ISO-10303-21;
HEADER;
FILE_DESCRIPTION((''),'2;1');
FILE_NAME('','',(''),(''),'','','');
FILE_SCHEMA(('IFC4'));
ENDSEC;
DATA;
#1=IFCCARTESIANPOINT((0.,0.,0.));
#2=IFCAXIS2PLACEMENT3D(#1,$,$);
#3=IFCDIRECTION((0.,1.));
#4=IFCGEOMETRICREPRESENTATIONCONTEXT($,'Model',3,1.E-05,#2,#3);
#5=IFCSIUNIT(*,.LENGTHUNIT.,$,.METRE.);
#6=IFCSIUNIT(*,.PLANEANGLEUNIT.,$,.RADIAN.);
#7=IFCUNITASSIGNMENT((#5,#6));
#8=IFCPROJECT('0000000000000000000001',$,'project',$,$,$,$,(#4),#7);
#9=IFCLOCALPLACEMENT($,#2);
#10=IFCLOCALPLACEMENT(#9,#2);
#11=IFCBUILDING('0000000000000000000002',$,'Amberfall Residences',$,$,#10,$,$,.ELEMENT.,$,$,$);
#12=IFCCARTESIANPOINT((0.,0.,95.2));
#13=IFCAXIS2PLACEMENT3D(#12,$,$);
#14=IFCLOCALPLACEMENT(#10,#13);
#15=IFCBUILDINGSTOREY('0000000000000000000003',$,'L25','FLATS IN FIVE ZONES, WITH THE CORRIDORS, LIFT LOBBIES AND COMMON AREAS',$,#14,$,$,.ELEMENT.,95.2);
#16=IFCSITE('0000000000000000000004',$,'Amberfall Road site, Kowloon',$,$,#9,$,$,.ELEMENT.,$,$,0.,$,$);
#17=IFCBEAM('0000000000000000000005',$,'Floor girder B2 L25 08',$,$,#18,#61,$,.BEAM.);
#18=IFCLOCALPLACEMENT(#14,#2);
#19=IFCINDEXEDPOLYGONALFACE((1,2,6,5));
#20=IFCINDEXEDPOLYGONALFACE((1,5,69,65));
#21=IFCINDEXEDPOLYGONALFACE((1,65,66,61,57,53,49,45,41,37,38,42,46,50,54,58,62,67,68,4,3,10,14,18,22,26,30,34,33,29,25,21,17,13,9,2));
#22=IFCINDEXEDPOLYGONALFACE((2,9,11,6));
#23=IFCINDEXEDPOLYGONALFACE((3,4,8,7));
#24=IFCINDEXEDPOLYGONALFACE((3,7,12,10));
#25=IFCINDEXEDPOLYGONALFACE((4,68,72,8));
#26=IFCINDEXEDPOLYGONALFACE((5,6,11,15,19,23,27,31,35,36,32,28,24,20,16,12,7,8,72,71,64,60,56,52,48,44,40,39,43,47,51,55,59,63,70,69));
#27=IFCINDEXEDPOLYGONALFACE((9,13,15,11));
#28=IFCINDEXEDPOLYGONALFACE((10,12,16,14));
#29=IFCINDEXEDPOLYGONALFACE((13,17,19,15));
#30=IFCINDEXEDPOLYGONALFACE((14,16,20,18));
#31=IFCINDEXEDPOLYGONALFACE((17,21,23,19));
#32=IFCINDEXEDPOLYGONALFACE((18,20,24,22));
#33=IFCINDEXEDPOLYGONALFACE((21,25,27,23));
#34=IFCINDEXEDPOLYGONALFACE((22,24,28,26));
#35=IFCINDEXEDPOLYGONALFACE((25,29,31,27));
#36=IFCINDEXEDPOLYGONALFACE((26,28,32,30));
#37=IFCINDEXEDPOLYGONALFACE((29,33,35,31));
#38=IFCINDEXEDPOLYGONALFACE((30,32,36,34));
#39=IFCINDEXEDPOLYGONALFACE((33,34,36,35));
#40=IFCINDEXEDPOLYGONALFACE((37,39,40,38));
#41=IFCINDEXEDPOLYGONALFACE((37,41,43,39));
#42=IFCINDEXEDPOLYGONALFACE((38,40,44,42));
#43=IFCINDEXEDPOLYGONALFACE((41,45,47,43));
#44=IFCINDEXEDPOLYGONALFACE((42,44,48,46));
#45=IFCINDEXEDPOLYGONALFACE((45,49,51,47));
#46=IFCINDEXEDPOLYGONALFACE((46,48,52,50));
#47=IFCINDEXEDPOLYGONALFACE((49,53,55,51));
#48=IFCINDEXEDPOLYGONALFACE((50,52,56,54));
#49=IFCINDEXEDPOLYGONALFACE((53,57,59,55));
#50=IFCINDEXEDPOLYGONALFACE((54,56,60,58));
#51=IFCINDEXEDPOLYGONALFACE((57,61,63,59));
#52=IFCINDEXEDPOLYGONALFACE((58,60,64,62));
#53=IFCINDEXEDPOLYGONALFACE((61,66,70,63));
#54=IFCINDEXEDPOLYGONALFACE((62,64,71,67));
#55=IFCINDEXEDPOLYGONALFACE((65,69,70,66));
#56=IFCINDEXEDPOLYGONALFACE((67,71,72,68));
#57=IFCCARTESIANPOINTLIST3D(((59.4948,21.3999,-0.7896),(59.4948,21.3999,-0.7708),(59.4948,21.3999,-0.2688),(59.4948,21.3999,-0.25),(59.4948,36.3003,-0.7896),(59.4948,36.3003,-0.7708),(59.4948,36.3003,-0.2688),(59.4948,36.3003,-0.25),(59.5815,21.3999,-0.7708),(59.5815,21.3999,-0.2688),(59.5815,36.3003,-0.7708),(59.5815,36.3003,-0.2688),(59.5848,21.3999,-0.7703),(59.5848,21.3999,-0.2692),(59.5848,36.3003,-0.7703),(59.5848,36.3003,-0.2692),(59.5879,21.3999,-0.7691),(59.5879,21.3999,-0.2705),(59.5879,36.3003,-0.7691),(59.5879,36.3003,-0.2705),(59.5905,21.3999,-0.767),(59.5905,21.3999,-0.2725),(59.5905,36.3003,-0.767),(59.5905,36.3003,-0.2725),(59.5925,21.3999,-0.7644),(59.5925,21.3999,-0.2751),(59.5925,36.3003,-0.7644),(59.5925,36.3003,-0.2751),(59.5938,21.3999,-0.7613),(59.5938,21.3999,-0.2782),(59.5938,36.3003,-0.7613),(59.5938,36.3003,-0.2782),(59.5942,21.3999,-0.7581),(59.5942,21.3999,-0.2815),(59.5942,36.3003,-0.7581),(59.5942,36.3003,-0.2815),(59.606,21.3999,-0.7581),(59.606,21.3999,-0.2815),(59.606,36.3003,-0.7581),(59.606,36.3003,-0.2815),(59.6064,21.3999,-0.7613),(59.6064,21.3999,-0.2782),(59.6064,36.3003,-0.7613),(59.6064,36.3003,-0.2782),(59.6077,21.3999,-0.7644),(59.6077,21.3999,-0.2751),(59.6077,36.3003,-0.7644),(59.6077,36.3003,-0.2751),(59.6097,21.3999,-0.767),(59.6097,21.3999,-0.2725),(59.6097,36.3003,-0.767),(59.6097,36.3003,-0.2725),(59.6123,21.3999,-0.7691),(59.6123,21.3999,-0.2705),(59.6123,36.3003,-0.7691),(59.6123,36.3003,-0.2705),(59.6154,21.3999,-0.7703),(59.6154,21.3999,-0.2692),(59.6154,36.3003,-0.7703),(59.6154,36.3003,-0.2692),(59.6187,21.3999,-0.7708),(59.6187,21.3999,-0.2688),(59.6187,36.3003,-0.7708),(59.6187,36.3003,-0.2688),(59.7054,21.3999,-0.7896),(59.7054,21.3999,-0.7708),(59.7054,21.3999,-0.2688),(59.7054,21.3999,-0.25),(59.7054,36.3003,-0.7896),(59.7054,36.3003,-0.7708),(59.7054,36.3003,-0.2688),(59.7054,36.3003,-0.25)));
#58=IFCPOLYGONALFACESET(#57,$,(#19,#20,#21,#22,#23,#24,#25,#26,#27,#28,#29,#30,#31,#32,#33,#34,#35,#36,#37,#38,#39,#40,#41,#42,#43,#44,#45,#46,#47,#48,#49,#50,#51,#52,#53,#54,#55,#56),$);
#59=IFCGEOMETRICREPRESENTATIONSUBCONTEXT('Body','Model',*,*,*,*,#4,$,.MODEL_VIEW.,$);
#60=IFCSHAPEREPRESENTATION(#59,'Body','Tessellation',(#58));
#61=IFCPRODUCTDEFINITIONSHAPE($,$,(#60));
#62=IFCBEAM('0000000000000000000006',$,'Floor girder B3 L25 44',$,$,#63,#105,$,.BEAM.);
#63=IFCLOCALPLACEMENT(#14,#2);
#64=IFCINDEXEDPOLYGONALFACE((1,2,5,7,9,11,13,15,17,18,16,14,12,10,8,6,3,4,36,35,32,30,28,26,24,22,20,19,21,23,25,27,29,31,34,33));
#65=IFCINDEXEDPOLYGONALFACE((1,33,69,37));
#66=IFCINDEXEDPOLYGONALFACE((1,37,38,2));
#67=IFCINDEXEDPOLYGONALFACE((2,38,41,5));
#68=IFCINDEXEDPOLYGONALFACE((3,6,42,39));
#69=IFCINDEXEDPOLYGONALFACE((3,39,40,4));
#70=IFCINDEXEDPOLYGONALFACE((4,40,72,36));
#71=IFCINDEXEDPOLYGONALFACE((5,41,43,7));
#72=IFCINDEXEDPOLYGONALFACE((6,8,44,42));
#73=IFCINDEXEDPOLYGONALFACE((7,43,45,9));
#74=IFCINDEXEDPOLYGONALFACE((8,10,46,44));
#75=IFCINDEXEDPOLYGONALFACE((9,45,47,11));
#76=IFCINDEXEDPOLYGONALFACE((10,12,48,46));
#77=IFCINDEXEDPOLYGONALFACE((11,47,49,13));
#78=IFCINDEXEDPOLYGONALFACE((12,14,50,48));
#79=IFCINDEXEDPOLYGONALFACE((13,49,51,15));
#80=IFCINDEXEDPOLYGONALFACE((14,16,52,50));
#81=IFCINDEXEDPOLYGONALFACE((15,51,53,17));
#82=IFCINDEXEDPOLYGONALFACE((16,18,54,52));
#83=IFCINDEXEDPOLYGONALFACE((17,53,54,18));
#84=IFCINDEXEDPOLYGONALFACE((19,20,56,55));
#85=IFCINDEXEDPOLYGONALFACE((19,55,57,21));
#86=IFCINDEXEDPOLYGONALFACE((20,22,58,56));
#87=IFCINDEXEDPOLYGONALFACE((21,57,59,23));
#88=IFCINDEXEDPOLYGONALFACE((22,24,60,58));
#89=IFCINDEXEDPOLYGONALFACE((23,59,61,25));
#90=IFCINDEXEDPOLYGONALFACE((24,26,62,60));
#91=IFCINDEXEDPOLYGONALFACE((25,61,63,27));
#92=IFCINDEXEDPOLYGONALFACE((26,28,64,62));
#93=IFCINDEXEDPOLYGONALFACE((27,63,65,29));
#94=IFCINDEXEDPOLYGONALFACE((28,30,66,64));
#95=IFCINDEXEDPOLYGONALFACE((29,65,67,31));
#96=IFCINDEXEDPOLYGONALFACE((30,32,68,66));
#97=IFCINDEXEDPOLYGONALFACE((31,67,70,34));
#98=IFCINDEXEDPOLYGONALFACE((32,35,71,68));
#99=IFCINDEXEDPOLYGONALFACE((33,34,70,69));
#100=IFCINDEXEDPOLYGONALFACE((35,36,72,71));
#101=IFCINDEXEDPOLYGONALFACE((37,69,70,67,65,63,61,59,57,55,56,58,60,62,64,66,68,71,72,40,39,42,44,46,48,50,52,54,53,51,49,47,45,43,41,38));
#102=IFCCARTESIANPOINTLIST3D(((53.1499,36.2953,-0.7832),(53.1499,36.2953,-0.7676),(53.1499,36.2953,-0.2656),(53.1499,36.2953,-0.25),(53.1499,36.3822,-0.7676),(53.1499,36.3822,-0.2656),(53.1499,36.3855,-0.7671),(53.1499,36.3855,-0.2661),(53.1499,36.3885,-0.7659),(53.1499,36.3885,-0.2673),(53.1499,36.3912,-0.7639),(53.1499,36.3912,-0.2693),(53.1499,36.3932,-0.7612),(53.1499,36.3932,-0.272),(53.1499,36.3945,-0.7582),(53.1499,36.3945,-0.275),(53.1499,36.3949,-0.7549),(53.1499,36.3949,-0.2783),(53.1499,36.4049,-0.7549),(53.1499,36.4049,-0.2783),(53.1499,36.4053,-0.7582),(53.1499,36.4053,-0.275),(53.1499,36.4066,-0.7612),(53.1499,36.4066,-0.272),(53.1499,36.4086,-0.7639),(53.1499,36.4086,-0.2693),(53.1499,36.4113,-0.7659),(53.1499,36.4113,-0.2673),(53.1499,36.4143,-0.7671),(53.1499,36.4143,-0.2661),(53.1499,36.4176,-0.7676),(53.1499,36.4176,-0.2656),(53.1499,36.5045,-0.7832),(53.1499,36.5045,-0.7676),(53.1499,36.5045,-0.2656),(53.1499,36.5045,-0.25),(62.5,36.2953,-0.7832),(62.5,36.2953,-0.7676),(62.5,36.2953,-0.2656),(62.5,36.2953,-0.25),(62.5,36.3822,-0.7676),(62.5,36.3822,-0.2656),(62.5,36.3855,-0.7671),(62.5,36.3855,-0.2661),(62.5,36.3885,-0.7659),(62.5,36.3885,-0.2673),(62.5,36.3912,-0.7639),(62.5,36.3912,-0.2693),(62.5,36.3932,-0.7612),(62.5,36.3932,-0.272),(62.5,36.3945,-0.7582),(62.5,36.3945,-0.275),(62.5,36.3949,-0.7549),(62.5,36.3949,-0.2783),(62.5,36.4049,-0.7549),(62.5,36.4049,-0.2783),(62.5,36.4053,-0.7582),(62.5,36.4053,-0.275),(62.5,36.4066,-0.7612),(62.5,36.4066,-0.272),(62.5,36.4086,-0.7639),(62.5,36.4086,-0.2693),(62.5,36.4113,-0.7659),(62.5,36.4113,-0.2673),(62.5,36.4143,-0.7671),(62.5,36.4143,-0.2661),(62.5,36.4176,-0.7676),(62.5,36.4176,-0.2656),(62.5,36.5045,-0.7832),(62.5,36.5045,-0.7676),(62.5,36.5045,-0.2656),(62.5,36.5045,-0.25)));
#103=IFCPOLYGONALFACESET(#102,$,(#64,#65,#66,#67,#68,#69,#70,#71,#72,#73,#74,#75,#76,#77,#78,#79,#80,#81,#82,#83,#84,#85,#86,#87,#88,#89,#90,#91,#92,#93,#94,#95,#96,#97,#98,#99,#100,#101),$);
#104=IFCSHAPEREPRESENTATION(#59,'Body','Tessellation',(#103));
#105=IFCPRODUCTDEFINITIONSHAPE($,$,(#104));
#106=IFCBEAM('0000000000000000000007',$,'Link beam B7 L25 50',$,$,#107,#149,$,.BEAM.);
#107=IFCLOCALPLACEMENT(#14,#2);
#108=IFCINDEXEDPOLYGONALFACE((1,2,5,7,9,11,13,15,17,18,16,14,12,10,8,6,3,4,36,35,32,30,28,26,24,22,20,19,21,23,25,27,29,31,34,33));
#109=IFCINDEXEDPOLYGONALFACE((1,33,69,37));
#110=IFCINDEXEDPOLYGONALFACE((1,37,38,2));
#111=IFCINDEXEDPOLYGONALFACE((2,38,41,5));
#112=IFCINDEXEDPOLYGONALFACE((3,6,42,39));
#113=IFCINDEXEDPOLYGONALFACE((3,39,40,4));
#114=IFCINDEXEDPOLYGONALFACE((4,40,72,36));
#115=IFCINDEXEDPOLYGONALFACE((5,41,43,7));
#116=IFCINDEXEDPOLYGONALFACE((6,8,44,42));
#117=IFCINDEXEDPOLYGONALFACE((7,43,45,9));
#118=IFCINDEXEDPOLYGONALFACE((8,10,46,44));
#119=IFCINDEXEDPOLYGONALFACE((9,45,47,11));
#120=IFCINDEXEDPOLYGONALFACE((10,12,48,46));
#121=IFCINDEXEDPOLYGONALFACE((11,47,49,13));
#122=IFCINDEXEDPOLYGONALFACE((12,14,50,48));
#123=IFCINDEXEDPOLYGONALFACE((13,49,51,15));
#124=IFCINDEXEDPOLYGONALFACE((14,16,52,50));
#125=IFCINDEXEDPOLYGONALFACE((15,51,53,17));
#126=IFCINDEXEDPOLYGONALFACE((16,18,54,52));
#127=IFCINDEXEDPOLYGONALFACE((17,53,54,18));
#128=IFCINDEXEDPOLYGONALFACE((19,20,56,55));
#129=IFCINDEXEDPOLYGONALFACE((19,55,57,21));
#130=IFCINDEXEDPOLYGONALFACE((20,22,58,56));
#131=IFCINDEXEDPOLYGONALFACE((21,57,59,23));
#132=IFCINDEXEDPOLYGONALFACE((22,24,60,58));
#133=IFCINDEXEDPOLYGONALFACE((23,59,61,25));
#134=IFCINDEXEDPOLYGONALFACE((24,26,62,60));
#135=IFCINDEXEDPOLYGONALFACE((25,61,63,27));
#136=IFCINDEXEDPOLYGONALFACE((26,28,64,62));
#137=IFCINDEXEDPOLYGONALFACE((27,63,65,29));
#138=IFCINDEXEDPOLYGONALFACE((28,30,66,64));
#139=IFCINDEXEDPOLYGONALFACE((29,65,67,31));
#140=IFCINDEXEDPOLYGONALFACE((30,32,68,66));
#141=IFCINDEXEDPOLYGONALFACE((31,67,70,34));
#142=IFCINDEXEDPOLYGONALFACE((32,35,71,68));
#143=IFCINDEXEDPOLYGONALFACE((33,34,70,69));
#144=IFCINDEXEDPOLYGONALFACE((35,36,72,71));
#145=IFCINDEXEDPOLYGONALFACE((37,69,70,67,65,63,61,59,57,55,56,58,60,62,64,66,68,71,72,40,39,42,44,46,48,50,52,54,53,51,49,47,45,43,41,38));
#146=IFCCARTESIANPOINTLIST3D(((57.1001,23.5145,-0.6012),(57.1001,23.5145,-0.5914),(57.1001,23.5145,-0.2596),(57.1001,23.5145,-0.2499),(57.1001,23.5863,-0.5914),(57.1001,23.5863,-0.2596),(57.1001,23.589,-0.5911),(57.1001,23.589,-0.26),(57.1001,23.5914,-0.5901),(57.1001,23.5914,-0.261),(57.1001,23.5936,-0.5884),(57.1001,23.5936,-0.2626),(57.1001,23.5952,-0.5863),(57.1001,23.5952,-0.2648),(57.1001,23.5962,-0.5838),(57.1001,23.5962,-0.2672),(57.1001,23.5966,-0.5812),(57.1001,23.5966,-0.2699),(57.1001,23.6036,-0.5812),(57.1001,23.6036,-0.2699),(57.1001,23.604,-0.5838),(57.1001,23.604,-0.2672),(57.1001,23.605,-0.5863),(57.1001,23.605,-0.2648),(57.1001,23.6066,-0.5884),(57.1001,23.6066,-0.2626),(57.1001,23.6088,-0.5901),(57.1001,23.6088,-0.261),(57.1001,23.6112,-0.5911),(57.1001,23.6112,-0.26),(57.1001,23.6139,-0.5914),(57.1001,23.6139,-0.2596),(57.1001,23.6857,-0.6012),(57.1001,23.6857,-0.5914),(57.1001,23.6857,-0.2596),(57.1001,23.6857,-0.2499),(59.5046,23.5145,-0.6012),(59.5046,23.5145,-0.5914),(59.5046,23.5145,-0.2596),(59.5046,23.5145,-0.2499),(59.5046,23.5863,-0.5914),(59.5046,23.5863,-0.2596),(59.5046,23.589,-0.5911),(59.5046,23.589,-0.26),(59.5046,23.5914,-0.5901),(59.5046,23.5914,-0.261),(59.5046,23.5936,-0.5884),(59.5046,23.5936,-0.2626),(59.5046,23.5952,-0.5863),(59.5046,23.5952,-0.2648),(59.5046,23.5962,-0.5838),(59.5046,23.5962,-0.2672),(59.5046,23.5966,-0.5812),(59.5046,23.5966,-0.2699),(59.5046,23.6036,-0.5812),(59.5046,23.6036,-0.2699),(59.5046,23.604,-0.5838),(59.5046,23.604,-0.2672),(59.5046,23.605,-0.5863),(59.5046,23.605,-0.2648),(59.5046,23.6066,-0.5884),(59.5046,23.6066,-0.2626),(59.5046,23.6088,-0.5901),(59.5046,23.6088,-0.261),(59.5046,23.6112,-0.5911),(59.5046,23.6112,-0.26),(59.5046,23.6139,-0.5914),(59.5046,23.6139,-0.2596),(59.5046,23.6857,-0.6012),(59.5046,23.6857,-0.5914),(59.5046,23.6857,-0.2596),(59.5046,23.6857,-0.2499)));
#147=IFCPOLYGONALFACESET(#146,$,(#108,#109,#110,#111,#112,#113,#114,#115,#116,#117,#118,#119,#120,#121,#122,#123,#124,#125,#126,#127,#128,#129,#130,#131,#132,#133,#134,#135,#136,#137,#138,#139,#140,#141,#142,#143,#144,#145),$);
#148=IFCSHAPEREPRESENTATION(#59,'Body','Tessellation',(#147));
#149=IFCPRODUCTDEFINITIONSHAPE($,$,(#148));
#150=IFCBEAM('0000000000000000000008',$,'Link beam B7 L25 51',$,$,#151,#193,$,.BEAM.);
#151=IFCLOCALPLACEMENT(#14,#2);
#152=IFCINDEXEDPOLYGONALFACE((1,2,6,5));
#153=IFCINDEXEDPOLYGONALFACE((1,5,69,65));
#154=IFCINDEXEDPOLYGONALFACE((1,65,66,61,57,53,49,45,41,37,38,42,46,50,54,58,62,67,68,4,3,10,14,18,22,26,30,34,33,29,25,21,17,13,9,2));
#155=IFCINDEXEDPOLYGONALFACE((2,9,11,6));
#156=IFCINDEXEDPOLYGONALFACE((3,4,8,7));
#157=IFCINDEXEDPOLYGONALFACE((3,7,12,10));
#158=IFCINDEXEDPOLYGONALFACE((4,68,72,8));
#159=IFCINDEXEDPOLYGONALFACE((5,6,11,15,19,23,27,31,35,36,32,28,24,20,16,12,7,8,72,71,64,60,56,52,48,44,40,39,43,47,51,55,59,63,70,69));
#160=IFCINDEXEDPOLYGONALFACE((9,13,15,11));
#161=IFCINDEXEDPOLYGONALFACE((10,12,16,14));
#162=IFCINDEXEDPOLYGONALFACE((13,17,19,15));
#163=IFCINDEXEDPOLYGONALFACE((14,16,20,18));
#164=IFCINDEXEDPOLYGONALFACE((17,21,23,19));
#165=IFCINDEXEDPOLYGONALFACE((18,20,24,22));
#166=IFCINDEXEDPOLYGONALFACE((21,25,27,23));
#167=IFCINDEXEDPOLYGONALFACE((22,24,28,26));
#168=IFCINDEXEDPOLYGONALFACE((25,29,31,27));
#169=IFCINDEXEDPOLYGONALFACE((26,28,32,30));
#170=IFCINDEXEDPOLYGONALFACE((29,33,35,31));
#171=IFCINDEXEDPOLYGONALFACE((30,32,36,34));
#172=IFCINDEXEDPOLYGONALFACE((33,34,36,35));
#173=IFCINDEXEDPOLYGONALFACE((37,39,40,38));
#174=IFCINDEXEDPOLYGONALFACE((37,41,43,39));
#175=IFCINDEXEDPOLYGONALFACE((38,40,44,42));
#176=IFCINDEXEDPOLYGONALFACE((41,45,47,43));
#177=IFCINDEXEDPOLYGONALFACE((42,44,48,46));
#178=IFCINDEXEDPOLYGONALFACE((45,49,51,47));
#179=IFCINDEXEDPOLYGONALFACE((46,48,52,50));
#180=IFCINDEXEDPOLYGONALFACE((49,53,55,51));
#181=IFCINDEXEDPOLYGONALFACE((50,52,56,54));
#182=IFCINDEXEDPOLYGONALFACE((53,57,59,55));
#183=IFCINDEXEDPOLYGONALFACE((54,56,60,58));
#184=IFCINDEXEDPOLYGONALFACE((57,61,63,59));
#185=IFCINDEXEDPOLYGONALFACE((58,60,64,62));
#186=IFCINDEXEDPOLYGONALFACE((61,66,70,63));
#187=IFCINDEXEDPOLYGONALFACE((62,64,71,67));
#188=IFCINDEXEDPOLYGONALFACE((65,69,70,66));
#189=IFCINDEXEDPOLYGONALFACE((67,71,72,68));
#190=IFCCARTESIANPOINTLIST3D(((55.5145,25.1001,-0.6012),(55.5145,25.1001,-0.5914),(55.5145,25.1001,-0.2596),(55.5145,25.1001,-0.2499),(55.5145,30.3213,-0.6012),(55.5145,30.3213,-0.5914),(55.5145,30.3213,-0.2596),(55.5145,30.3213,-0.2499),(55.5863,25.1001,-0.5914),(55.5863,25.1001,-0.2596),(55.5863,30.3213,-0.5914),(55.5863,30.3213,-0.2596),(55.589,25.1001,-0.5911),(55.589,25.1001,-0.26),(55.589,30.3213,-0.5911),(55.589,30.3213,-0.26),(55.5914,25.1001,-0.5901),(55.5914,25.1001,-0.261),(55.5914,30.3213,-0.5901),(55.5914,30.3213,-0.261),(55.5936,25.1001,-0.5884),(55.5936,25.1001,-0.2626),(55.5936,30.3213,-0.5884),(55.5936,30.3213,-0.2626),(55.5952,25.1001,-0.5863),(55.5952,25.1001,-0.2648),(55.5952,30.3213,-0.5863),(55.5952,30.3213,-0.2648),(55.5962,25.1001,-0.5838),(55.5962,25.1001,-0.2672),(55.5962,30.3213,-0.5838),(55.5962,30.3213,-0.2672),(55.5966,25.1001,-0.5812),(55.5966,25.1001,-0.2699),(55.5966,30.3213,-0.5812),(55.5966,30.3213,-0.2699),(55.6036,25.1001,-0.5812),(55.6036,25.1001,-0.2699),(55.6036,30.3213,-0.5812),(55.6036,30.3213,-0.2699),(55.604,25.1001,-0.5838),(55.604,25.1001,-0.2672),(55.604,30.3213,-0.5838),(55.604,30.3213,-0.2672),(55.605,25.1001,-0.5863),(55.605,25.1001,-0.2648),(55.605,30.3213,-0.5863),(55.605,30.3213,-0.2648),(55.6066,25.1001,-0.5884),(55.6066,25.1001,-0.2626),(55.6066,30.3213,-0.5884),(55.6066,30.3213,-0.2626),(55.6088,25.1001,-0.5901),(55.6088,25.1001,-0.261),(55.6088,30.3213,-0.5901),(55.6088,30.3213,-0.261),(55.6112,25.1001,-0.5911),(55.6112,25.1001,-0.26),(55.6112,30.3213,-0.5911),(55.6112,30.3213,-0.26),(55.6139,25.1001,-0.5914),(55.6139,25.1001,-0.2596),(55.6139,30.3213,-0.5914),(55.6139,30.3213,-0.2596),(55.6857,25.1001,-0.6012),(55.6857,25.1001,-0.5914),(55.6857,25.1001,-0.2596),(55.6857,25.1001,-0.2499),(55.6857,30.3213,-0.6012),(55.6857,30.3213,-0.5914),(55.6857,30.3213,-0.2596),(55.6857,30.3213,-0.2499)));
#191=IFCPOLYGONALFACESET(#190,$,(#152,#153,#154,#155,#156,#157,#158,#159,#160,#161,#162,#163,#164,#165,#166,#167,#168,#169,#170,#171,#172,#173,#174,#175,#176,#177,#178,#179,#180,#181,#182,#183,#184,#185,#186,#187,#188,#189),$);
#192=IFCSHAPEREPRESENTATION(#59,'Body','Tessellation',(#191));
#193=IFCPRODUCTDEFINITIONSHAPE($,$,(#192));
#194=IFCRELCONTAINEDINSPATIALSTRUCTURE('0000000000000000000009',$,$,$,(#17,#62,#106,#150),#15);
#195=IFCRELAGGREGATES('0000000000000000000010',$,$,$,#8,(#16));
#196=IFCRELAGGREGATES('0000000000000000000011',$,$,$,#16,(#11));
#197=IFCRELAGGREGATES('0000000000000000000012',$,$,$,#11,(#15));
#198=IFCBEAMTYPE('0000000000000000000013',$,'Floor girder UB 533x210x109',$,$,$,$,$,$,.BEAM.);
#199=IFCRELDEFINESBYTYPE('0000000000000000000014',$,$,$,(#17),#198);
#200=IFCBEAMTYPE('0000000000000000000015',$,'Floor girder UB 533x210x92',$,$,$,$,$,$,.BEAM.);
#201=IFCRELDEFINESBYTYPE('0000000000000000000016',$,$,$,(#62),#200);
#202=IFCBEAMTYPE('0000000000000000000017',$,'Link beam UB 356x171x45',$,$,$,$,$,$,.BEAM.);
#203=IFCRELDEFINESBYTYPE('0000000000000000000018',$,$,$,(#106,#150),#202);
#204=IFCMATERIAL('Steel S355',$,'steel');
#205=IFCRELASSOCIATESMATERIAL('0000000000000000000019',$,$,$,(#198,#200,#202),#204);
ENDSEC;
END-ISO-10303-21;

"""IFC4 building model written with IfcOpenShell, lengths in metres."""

from ifc_helpers import new_model, si_unit, direction, frame, origin, origin_2d, place, context, subcontext, project, spatial, i_section, extrude, material, material_profile, profile_set, type_object, element, save


model = new_model("IFC4")

# Units and contexts
model_context = context("Model", 3, precision=1e-05, world=origin(), true_north=direction((0.0, 1.0)))
body_context = subcontext(model_context, "Body", "Model", "MODEL_VIEW")
ifc_project = project(units=[si_unit("LENGTHUNIT", "METRE"), si_unit("PLANEANGLEUNIT", "RADIAN")], contexts=[model_context])

# Site, building, storey
site_placement = place(None, origin())
site = spatial("IfcSite", under=ifc_project, at=site_placement, Name="Amberfall Road site, Kowloon", CompositionType="ELEMENT", RefElevation=0.0)
building_placement = place(site_placement, origin())
building = spatial("IfcBuilding", under=site, at=building_placement, Name="Amberfall Residences", CompositionType="ELEMENT")
storey_placement = place(building_placement, frame((0.0, 0.0, 95.2)))
storey = spatial("IfcBuildingStorey", under=building, at=storey_placement, Name="L25", Description="FLATS IN FIVE ZONES, WITH THE CORRIDORS, LIFT LOBBIES AND COMMON AREAS", CompositionType="ELEMENT", Elevation=95.2)

# Beams
ifc_material_1 = material(Name="Steel S355", Category="steel")
ifc_material_profile_1 = material_profile(ifc_material_1, i_section(OverallWidth=0.2107, OverallDepth=0.5396, WebThickness=0.0117, FlangeThickness=0.0188, FilletRadius=0.0127, at=origin_2d()), Name="UB 533x210x109")
ifc_profile_set_1 = profile_set([ifc_material_profile_1], Name="Steel S355")
beam_type_1 = type_object("IfcBeamType", Name="Floor girder UB 533x210x109", PredefinedType="BEAM", material=ifc_profile_set_1)
beam_1_placement = place(storey_placement, frame((59.6001, 21.3999, -0.5198), z_axis=(0.0, 1.0, 0.0), x_axis=(-1.0, 0.0, 0.0)))
element("IfcBeam", 1, at=beam_1_placement, inside=storey, type_object=beam_type_1, Name="Floor girder B2 L25 08", PredefinedType="BEAM", context=body_context, shape_type="SweptSolid", body=[
    extrude(i_section(OverallWidth=0.2107, OverallDepth=0.5396, WebThickness=0.0117, FlangeThickness=0.0188, FilletRadius=0.0127, at=origin_2d()), origin(), (0.0, 0.0, 1.0), 14.9004),
])
ifc_material_profile_2 = material_profile(ifc_material_1, i_section(OverallWidth=0.2092, OverallDepth=0.5332, WebThickness=0.01, FlangeThickness=0.0156, FilletRadius=0.0127, at=origin_2d()), Name="UB 533x210x92")
ifc_profile_set_2 = profile_set([ifc_material_profile_2], Name="Steel S355")
beam_type_2 = type_object("IfcBeamType", Name="Floor girder UB 533x210x92", PredefinedType="BEAM", material=ifc_profile_set_2)
beam_2_placement = place(storey_placement, frame((53.1499, 36.3999, -0.5166), z_axis=(1.0, 0.0, 0.0), x_axis=(0.0, 1.0, 0.0)))
element("IfcBeam", 2, at=beam_2_placement, inside=storey, type_object=beam_type_2, Name="Floor girder B3 L25 44", PredefinedType="BEAM", context=body_context, shape_type="SweptSolid", body=[
    extrude(i_section(OverallWidth=0.2092, OverallDepth=0.5332, WebThickness=0.01, FlangeThickness=0.0156, FilletRadius=0.0127, at=origin_2d()), origin(), (0.0, 0.0, 1.0), 9.3501),
])
ifc_material_profile_3 = material_profile(ifc_material_1, i_section(OverallWidth=0.1711, OverallDepth=0.3513, WebThickness=0.0071, FlangeThickness=0.0098, FilletRadius=0.0103, at=origin_2d()), Name="UB 356x171x45")
ifc_profile_set_3 = profile_set([ifc_material_profile_3], Name="Steel S355")
beam_type_3 = type_object("IfcBeamType", Name="Link beam UB 356x171x45", PredefinedType="BEAM", material=ifc_profile_set_3)
beam_3_placement = place(storey_placement, frame((57.1001, 23.6001, -0.4255), z_axis=(1.0, 0.0, 0.0), x_axis=(0.0, 1.0, 0.0)))
element("IfcBeam", 3, at=beam_3_placement, inside=storey, type_object=beam_type_3, Name="Link beam B7 L25 50", PredefinedType="BEAM", context=body_context, shape_type="SweptSolid", body=[
    extrude(i_section(OverallWidth=0.1711, OverallDepth=0.3513, WebThickness=0.0071, FlangeThickness=0.0098, FilletRadius=0.0103, at=origin_2d()), origin(), (0.0, 0.0, 1.0), 2.4045),
])
beam_4_placement = place(storey_placement, frame((55.6001, 25.1001, -0.4255), z_axis=(0.0, 1.0, 0.0), x_axis=(-1.0, 0.0, 0.0)))
element("IfcBeam", 4, at=beam_4_placement, inside=storey, type_object=beam_type_3, Name="Link beam B7 L25 51", PredefinedType="BEAM", context=body_context, shape_type="SweptSolid", body=[
    extrude(i_section(OverallWidth=0.1711, OverallDepth=0.3513, WebThickness=0.0071, FlangeThickness=0.0098, FilletRadius=0.0103, at=origin_2d()), origin(), (0.0, 0.0, 1.0), 5.2212),
])

save(model, "model.ifc")
